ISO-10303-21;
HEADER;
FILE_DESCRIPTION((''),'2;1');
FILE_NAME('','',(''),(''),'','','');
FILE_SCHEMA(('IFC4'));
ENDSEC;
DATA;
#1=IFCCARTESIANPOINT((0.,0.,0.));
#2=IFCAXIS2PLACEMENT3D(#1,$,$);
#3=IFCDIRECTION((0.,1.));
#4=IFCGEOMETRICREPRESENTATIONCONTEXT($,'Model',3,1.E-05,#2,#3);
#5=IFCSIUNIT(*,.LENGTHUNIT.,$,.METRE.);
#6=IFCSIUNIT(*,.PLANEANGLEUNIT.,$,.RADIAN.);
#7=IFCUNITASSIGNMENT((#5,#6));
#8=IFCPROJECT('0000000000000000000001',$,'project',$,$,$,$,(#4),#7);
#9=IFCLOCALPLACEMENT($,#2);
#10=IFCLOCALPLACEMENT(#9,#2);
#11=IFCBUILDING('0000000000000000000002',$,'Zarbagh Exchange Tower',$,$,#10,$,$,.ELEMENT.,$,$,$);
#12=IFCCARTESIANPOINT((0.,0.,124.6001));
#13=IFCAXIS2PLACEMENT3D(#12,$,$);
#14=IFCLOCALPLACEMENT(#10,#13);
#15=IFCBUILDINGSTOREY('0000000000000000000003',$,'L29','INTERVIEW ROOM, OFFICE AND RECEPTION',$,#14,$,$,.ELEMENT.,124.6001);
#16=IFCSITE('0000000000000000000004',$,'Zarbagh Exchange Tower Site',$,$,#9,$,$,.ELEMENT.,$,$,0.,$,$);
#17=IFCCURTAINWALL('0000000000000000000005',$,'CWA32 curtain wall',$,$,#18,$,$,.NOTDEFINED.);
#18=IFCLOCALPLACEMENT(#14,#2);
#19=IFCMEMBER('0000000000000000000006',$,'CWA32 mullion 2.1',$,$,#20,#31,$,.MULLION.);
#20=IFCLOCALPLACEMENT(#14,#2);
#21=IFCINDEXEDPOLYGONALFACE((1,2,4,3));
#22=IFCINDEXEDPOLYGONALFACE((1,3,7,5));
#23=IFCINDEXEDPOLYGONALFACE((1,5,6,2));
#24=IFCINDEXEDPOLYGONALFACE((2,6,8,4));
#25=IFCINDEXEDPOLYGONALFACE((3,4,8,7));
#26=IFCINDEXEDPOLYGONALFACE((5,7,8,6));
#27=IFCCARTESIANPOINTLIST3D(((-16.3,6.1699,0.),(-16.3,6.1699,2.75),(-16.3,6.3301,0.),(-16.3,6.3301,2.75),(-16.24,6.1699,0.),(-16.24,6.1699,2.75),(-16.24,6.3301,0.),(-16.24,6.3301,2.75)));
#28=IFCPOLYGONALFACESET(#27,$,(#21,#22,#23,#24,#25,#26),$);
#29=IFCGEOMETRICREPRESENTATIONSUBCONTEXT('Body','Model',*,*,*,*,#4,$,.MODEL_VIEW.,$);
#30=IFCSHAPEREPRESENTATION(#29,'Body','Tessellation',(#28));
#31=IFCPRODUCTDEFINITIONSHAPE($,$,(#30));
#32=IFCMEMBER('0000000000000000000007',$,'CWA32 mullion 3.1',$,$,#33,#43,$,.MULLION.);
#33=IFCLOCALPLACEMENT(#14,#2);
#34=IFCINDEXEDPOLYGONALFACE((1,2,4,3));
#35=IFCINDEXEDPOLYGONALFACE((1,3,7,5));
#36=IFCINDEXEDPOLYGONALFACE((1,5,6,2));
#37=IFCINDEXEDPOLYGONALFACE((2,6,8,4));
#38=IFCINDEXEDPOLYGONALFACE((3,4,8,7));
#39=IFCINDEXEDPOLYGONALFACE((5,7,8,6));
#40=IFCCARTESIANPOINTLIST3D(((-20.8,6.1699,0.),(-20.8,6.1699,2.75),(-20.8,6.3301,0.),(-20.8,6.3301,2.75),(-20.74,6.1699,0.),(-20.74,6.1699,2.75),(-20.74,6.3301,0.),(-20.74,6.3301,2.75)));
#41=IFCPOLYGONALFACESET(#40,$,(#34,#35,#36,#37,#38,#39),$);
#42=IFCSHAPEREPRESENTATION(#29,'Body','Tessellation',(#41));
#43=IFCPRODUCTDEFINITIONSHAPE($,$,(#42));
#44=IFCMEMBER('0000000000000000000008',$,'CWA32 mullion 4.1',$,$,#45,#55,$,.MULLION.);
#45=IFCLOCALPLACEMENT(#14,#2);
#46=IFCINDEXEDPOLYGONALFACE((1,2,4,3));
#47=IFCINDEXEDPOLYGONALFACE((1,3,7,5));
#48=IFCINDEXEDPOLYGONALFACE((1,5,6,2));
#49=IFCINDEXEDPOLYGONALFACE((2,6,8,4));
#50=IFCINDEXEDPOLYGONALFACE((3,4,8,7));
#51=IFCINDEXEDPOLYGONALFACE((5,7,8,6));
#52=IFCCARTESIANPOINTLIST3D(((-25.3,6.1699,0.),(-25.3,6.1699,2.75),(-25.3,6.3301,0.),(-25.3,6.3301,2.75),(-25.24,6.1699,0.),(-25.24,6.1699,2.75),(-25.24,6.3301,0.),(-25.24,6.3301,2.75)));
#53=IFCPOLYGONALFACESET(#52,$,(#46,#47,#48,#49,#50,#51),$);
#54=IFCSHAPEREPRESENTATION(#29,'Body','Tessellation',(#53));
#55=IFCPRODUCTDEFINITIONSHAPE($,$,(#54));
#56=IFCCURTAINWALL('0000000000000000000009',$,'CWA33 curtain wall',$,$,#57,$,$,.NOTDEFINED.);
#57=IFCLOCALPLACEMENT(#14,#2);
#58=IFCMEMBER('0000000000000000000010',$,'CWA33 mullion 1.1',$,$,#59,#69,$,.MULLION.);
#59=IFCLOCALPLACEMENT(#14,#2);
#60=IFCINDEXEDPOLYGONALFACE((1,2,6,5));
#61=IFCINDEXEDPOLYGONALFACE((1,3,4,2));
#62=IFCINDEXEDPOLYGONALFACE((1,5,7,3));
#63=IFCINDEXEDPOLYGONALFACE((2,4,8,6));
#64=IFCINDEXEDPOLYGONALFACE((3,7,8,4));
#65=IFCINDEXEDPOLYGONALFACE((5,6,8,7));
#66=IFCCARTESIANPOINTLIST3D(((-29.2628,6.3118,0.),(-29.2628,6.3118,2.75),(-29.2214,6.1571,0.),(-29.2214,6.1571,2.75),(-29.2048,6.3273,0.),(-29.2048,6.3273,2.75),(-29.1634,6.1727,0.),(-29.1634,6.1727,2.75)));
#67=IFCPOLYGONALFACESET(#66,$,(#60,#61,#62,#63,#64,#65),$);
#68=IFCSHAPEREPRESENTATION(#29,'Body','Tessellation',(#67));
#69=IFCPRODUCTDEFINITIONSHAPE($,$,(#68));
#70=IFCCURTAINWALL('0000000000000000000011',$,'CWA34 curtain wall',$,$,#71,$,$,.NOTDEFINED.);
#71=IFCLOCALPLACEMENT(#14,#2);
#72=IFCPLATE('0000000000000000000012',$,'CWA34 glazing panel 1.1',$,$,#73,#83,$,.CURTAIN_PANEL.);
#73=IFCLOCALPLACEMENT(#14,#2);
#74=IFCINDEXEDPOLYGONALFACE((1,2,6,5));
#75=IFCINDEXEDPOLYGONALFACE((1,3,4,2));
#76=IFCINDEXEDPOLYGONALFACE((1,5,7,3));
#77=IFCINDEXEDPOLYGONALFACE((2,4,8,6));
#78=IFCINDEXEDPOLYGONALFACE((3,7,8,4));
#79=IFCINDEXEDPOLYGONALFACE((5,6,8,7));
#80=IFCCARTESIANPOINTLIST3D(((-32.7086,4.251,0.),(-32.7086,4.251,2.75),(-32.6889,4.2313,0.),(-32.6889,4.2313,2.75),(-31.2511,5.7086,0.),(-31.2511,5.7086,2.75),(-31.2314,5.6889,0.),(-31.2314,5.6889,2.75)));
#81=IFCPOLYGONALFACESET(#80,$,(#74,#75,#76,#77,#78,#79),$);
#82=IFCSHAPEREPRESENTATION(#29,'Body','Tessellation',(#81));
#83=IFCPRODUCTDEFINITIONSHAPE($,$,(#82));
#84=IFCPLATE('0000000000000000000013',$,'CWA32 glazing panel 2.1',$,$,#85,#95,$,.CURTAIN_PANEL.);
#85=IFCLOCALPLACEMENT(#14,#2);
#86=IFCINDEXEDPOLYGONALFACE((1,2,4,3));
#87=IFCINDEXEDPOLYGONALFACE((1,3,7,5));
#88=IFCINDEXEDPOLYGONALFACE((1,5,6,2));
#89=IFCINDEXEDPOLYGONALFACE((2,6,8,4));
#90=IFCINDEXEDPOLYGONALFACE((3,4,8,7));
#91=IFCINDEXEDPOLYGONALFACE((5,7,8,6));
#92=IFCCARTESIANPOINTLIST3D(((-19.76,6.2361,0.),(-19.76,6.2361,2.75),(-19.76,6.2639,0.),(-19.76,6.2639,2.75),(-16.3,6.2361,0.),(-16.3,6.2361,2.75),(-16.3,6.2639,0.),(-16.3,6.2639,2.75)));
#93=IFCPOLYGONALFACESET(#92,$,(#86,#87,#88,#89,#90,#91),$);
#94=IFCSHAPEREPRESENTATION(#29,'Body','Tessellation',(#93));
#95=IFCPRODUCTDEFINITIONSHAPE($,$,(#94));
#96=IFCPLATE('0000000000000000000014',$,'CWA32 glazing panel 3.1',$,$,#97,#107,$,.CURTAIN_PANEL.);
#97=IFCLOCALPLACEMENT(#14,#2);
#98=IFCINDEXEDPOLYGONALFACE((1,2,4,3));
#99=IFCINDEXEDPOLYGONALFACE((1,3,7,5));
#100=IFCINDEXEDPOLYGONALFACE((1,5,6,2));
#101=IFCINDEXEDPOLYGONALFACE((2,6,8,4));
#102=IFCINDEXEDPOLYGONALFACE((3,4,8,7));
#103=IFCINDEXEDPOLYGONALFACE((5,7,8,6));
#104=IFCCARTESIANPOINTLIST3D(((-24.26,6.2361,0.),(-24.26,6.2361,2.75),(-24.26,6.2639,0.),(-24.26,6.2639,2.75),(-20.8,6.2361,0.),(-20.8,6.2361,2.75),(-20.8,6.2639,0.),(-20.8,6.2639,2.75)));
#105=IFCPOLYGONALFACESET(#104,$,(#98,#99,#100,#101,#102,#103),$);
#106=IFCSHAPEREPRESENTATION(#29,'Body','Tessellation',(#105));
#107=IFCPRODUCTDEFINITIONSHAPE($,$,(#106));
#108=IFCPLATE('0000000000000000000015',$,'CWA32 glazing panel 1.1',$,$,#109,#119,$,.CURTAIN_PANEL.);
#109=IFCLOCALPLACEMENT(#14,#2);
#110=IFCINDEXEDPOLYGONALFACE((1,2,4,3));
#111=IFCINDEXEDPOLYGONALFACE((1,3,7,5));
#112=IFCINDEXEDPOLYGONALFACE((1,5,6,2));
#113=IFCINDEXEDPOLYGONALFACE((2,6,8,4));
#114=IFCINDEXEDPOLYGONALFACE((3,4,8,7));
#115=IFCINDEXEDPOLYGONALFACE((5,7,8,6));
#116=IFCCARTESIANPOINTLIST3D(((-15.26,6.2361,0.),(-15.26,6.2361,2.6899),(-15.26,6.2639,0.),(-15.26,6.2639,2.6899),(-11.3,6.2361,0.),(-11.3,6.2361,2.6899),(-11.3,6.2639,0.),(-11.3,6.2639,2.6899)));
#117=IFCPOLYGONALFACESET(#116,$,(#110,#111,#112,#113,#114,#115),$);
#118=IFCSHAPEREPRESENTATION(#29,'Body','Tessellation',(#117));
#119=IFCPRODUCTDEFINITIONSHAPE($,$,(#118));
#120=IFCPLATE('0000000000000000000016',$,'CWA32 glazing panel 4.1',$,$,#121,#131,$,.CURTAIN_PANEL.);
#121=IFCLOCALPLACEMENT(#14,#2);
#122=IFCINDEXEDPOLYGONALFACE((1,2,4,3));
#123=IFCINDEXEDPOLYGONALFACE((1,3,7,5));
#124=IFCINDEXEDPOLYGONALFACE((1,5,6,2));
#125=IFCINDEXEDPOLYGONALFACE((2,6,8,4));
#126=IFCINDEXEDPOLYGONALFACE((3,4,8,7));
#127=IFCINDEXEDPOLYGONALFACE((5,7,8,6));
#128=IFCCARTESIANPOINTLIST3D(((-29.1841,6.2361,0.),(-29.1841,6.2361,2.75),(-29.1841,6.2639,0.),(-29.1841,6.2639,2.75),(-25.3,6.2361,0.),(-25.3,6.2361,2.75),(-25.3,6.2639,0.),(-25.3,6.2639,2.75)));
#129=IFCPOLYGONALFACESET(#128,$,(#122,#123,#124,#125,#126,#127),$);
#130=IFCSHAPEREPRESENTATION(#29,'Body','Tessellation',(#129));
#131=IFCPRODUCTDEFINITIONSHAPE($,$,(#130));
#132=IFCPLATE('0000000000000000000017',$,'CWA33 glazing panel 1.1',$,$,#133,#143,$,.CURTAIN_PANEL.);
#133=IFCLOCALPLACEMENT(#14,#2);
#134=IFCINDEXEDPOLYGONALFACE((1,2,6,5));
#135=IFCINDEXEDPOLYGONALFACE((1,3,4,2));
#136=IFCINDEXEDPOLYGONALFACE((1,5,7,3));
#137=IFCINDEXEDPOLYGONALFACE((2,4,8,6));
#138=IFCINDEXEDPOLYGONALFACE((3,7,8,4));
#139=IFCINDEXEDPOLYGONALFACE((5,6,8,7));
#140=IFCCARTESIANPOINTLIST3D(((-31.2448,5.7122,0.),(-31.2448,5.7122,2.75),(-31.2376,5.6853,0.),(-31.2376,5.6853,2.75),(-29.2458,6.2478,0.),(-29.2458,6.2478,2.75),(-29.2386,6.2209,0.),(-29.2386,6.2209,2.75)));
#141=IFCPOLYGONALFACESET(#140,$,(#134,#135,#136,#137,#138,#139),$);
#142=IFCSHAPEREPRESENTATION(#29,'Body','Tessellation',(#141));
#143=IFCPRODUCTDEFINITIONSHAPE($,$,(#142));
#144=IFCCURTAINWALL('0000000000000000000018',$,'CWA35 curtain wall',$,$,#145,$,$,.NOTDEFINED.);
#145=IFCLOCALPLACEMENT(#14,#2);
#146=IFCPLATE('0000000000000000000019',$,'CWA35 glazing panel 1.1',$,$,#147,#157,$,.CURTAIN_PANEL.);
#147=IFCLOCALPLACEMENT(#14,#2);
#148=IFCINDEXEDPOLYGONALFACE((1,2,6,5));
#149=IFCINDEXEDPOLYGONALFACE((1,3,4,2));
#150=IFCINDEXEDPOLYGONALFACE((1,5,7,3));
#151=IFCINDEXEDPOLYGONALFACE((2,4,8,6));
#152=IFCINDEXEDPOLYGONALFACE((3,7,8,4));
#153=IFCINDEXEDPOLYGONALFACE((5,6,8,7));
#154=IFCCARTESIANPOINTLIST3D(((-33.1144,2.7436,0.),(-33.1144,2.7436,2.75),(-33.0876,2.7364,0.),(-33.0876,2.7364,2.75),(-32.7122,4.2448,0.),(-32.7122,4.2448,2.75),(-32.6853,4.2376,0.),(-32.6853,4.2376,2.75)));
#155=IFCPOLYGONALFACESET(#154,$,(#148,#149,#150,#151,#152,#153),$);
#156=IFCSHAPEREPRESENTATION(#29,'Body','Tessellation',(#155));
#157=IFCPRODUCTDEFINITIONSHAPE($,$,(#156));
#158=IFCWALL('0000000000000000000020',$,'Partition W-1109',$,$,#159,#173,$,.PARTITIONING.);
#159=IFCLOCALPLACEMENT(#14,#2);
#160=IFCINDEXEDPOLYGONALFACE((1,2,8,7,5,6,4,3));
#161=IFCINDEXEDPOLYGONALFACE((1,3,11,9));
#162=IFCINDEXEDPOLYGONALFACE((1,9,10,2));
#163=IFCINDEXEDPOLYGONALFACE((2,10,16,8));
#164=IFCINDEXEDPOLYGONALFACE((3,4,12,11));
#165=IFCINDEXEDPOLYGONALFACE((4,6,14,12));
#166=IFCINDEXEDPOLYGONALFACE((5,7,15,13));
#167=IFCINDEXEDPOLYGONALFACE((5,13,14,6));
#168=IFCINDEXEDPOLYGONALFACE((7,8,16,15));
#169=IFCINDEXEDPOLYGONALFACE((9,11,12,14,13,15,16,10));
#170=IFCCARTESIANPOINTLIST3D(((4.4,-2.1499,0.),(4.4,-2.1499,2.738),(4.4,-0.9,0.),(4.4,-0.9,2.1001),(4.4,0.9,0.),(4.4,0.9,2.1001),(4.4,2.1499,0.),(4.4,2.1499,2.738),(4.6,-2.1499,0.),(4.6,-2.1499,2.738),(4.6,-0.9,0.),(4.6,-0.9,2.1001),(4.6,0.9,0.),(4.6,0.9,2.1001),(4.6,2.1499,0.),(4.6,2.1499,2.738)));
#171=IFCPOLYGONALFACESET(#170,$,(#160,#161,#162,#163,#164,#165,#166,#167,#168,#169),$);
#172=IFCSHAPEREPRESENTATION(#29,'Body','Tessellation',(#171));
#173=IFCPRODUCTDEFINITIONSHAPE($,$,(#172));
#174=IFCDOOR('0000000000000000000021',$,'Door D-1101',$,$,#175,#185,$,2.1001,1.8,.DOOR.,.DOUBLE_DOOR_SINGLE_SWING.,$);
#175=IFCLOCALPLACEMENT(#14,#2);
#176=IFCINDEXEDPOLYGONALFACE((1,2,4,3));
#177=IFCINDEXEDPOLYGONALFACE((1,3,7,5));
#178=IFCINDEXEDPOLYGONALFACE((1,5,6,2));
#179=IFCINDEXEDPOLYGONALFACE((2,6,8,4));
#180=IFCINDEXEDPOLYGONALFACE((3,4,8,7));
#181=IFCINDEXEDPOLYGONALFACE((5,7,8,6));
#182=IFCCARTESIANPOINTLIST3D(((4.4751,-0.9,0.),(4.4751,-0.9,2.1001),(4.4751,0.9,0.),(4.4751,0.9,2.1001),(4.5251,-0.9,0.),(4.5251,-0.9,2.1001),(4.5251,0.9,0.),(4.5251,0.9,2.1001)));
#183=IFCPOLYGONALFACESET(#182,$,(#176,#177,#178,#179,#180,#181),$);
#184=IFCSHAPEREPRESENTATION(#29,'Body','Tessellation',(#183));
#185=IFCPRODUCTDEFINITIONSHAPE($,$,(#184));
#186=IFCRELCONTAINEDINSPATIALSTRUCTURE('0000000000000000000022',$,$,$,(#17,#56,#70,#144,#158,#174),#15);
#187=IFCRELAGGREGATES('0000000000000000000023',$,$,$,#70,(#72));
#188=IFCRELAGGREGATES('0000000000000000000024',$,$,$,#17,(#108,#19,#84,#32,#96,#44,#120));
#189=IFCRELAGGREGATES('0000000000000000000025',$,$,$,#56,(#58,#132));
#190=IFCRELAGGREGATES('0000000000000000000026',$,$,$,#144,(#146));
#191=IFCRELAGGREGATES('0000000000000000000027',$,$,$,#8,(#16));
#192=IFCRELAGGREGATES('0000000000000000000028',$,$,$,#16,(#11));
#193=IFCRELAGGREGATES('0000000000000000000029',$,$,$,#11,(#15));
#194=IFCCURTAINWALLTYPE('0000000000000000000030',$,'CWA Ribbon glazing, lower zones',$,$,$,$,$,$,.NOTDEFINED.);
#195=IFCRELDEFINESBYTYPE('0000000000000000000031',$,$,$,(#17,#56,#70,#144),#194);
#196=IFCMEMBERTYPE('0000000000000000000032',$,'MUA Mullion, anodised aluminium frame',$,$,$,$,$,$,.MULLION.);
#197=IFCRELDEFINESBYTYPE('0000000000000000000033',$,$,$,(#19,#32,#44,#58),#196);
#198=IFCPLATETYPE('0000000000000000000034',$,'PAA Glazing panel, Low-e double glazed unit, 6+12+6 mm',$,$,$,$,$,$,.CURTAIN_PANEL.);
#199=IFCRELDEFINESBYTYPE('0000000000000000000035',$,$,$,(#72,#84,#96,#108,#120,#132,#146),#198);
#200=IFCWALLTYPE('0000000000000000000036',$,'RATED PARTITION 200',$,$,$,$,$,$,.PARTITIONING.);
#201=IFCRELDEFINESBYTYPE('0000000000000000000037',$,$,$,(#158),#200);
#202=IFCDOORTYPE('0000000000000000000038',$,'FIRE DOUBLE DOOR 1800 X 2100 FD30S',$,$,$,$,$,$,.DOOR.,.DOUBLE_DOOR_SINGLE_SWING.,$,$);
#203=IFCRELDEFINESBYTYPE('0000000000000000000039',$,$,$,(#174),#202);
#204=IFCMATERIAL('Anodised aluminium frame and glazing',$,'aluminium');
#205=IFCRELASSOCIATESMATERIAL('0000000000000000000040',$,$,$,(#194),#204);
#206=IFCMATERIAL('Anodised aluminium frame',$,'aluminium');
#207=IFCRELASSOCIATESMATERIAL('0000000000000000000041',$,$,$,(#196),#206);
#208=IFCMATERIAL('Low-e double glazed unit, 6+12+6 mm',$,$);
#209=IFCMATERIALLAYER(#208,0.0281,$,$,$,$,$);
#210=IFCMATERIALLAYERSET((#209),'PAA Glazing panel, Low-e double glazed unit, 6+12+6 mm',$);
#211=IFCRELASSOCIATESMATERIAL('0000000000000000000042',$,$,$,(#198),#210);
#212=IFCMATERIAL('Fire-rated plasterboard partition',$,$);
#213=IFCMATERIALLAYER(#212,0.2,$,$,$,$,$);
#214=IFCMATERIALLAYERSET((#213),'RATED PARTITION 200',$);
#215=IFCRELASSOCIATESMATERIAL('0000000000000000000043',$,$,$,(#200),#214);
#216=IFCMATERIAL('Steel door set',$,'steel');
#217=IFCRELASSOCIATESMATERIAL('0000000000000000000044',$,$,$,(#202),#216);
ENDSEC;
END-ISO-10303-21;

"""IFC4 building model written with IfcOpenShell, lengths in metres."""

from ifc_helpers import new_model, si_unit, direction, frame, frame_2d, origin, place, context, subcontext, project, spatial, polyline, rectangle, outline, extrude, source, transform, mapped, material, layer, layer_set, type_object, element, fill, aggregate, save


model = new_model("IFC4")

# Units and contexts
model_context = context("Model", 3, precision=1e-05, world=origin(), true_north=direction((0.0, 1.0)))
body_context = subcontext(model_context, "Body", "Model", "MODEL_VIEW")
ifc_project = project(units=[si_unit("LENGTHUNIT", "METRE"), si_unit("PLANEANGLEUNIT", "RADIAN")], contexts=[model_context])

# Site, building, storey
site_placement = place(None, origin())
site = spatial("IfcSite", under=ifc_project, at=site_placement, Name="Zarbagh Exchange Tower Site", CompositionType="ELEMENT", RefElevation=0.0)
building_placement = place(site_placement, origin())
building = spatial("IfcBuilding", under=site, at=building_placement, Name="Zarbagh Exchange Tower", CompositionType="ELEMENT")
storey_placement = place(building_placement, frame((0.0, 0.0, 124.6001)))
storey = spatial("IfcBuildingStorey", under=building, at=storey_placement, Name="L29", Description="INTERVIEW ROOM, OFFICE AND RECEPTION", CompositionType="ELEMENT", Elevation=124.6001)

# Curtain wall, members
ifc_material_1 = material(Name="Anodised aluminium frame and glazing", Category="aluminium")
curtain_wall_type = type_object("IfcCurtainWallType", Name="CWA Ribbon glazing, lower zones", PredefinedType="NOTDEFINED", material=ifc_material_1)
curtain_wall_1_placement = place(storey_placement, origin())
curtain_wall_1 = element("IfcCurtainWall", 1, at=curtain_wall_1_placement, inside=storey, type_object=curtain_wall_type, Name="CWA32 curtain wall", PredefinedType="NOTDEFINED")
ifc_material_2 = material(Name="Anodised aluminium frame", Category="aluminium")
member_type = type_object("IfcMemberType", Name="MUA Mullion, anodised aluminium frame", PredefinedType="MULLION", material=ifc_material_2)
shared_shape_1 = source(origin(), body_context, "Body", "SweptSolid", [
    extrude(outline(polyline([(0.0, -0.0801), (0.0601, -0.0801), (0.0601, 0.0801), (0.0, 0.0801), (0.0, -0.0801)])), origin(), (0.0, 0.0, 1.0), 2.75),
])
placement = place(storey_placement, origin())
member_1 = element("IfcMember", 2, at=placement, type_object=member_type, Name="CWA32 mullion 2.1", PredefinedType="MULLION", context=body_context, shape_type="MappedRepresentation", body=[
    mapped(shared_shape_1, transform((-16.24, 6.25, 0.0), x_axis=(-1.0, 0.0, 0.0), y_axis=(0.0, -1.0, 0.0), z_axis=(0.0, 0.0, 1.0))),
])
member_2 = element("IfcMember", 3, at=placement, type_object=member_type, Name="CWA32 mullion 3.1", PredefinedType="MULLION", context=body_context, shape_type="MappedRepresentation", body=[
    mapped(shared_shape_1, transform((-20.74, 6.25, 0.0), x_axis=(-1.0, 0.0, 0.0), y_axis=(0.0, -1.0, 0.0), z_axis=(0.0, 0.0, 1.0))),
])
member_3 = element("IfcMember", 4, at=placement, type_object=member_type, Name="CWA32 mullion 4.1", PredefinedType="MULLION", context=body_context, shape_type="MappedRepresentation", body=[
    mapped(shared_shape_1, transform((-25.24, 6.25, 0.0), x_axis=(-1.0, 0.0, 0.0), y_axis=(0.0, -1.0, 0.0), z_axis=(0.0, 0.0, 1.0))),
])

# Curtain wall, member
curtain_wall_2_placement = place(storey_placement, origin())
curtain_wall_2 = element("IfcCurtainWall", 5, at=curtain_wall_2_placement, inside=storey, type_object=curtain_wall_type, Name="CWA33 curtain wall", PredefinedType="NOTDEFINED")
member_4 = element("IfcMember", 6, at=placement, type_object=member_type, Name="CWA33 mullion 1.1", PredefinedType="MULLION", context=body_context, shape_type="MappedRepresentation", body=[
    mapped(shared_shape_1, transform((-29.1841, 6.25, 0.0), x_axis=(-0.965924, -0.258825, 0.0), y_axis=(0.258825, -0.965924, 0.0), z_axis=(0.0, 0.0, 1.0))),
])

# Curtain wall, plate
curtain_wall_3_placement = place(storey_placement, origin())
curtain_wall_3 = element("IfcCurtainWall", 7, at=curtain_wall_3_placement, inside=storey, type_object=curtain_wall_type, Name="CWA34 curtain wall", PredefinedType="NOTDEFINED")
ifc_material_3 = material(Name="Low-e double glazed unit, 6+12+6 mm")
ifc_layer_1 = layer(ifc_material_3, 0.0281)
ifc_layer_set_1 = layer_set([ifc_layer_1], Name="PAA Glazing panel, Low-e double glazed unit, 6+12+6 mm")
plate_type = type_object("IfcPlateType", Name="PAA Glazing panel, Low-e double glazed unit, 6+12+6 mm", PredefinedType="CURTAIN_PANEL", material=ifc_layer_set_1)
shared_shape_2 = source(origin(), body_context, "Body", "SweptSolid", [
    extrude(outline(polyline([(0.0, -0.0139), (2.0613, -0.0139), (2.0613, 0.0139), (0.0, 0.0139), (0.0, -0.0139)])), origin(), (0.0, 0.0, 1.0), 2.75),
])
plate_1 = element("IfcPlate", 8, at=placement, type_object=plate_type, Name="CWA34 glazing panel 1.1", PredefinedType="CURTAIN_PANEL", context=body_context, shape_type="MappedRepresentation", body=[
    mapped(shared_shape_2, transform((-31.2412, 5.6987, 0.0), x_axis=(-0.707107, -0.707107, 0.0), y_axis=(0.707107, -0.707107, 0.0), z_axis=(0.0, 0.0, 1.0))),
])
aggregate(curtain_wall_3, [plate_1])

# Plates
shared_shape_3 = source(origin(), body_context, "Body", "SweptSolid", [
    extrude(outline(polyline([(0.0, -0.0139), (3.46, -0.0139), (3.46, 0.0139), (0.0, 0.0139), (0.0, -0.0139)])), origin(), (0.0, 0.0, 1.0), 2.75),
])
plate_2 = element("IfcPlate", 9, at=placement, type_object=plate_type, Name="CWA32 glazing panel 2.1", PredefinedType="CURTAIN_PANEL", context=body_context, shape_type="MappedRepresentation", body=[
    mapped(shared_shape_3, transform((-16.3, 6.25, 0.0), x_axis=(-1.0, 0.0, 0.0), y_axis=(0.0, -1.0, 0.0), z_axis=(0.0, 0.0, 1.0))),
])
plate_3 = element("IfcPlate", 10, at=placement, type_object=plate_type, Name="CWA32 glazing panel 3.1", PredefinedType="CURTAIN_PANEL", context=body_context, shape_type="MappedRepresentation", body=[
    mapped(shared_shape_3, transform((-20.8, 6.25, 0.0), x_axis=(-1.0, 0.0, 0.0), y_axis=(0.0, -1.0, 0.0), z_axis=(0.0, 0.0, 1.0))),
])
shared_shape_4 = source(origin(), body_context, "Body", "SweptSolid", [
    extrude(outline(polyline([(0.0, -0.0139), (3.96, -0.0139), (3.96, 0.0139), (0.0, 0.0139), (0.0, -0.0139)])), origin(), (0.0, 0.0, 1.0), 2.6899),
])
plate_4 = element("IfcPlate", 11, at=placement, type_object=plate_type, Name="CWA32 glazing panel 1.1", PredefinedType="CURTAIN_PANEL", context=body_context, shape_type="MappedRepresentation", body=[
    mapped(shared_shape_4, transform((-11.3, 6.25, 0.0), x_axis=(-1.0, 0.0, 0.0), y_axis=(0.0, -1.0, 0.0), z_axis=(0.0, 0.0, 1.0))),
])
shared_shape_5 = source(origin(), body_context, "Body", "SweptSolid", [
    extrude(outline(polyline([(0.0, -0.0139), (3.884, -0.0139), (3.884, 0.0139), (0.0, 0.0139), (0.0, -0.0139)])), origin(), (0.0, 0.0, 1.0), 2.75),
])
plate_5 = element("IfcPlate", 12, at=placement, type_object=plate_type, Name="CWA32 glazing panel 4.1", PredefinedType="CURTAIN_PANEL", context=body_context, shape_type="MappedRepresentation", body=[
    mapped(shared_shape_5, transform((-25.3, 6.25, 0.0), x_axis=(-1.0, 0.0, 0.0), y_axis=(0.0, -1.0, 0.0), z_axis=(0.0, 0.0, 1.0))),
])
aggregate(curtain_wall_1, [plate_4, member_1, plate_2, member_2, plate_3, member_3, plate_5])
shared_shape_6 = source(origin(), body_context, "Body", "SweptSolid", [
    extrude(outline(polyline([(0.0, -0.0139), (2.0696, -0.0139), (2.0696, 0.0139), (0.0, 0.0139), (0.0, -0.0139)])), origin(), (0.0, 0.0, 1.0), 2.75),
])
plate_6 = element("IfcPlate", 13, at=placement, type_object=plate_type, Name="CWA33 glazing panel 1.1", PredefinedType="CURTAIN_PANEL", context=body_context, shape_type="MappedRepresentation", body=[
    mapped(shared_shape_6, transform((-29.2422, 6.2344, 0.0), x_axis=(-0.965924, -0.258825, 0.0), y_axis=(0.258825, -0.965924, 0.0), z_axis=(0.0, 0.0, 1.0))),
])
aggregate(curtain_wall_2, [member_4, plate_6])

# Curtain wall, plate
curtain_wall_4_placement = place(storey_placement, origin())
curtain_wall_4 = element("IfcCurtainWall", 14, at=curtain_wall_4_placement, inside=storey, type_object=curtain_wall_type, Name="CWA35 curtain wall", PredefinedType="NOTDEFINED")
shared_shape_7 = source(origin(), body_context, "Body", "SweptSolid", [
    extrude(outline(polyline([(0.0, -0.0139), (1.5542, -0.0139), (1.5542, 0.0139), (0.0, 0.0139), (0.0, -0.0139)])), origin(), (0.0, 0.0, 1.0), 2.75),
])
plate_7 = element("IfcPlate", 15, at=placement, type_object=plate_type, Name="CWA35 glazing panel 1.1", PredefinedType="CURTAIN_PANEL", context=body_context, shape_type="MappedRepresentation", body=[
    mapped(shared_shape_7, transform((-32.6987, 4.2412, 0.0), x_axis=(-0.258825, -0.965924, 0.0), y_axis=(0.965924, -0.258825, 0.0), z_axis=(0.0, 0.0, 1.0))),
])
aggregate(curtain_wall_4, [plate_7])

# Wall, opening, door
ifc_material_4 = material(Name="Fire-rated plasterboard partition")
ifc_layer_2 = layer(ifc_material_4, 0.2)
ifc_layer_set_2 = layer_set([ifc_layer_2], Name="RATED PARTITION 200")
wall_type_1 = type_object("IfcWallType", Name="RATED PARTITION 200", PredefinedType="PARTITIONING", material=ifc_layer_set_2)
wall_1_placement = place(storey_placement, frame((4.5, -2.1499, 0.0), z_axis=(0.0, 0.0, 1.0), x_axis=(0.0, 1.0, 0.0)))
wall_1 = element("IfcWall", 16, at=wall_1_placement, inside=storey, type_object=wall_type_1, Name="Partition W-1109", PredefinedType="PARTITIONING", context=body_context, shape_type="SweptSolid", body=[
    extrude(rectangle(XDim=4.2998, YDim=0.2, at=frame_2d((2.1499, 0.0))), origin(), (0.0, 0.0, 1.0), 2.738),
])
opening_1_placement = place(wall_1_placement, frame((1.25, 0.0, 0.0)))
opening_1 = element("IfcOpeningElement", 17, at=opening_1_placement, cuts=wall_1, PredefinedType="OPENING", context=body_context, shape_type="SweptSolid", body=[
    extrude(rectangle(XDim=1.8, YDim=2.1001, at=frame_2d((0.8999, 1.05))), frame((0.0, 0.1099, 0.0), z_axis=(0.0, -1.0, 0.0), x_axis=(1.0, 0.0, 0.0)), (0.0, 0.0, 1.0), 0.22),
])
ifc_material_5 = material(Name="Steel door set", Category="steel")
door_type_1 = type_object("IfcDoorType", Name="FIRE DOUBLE DOOR 1800 X 2100 FD30S", OperationType="DOUBLE_DOOR_SINGLE_SWING", PredefinedType="DOOR", material=ifc_material_5)
door_1_placement = place(opening_1_placement, origin())
door_1 = element("IfcDoor", 18, at=door_1_placement, inside=storey, type_object=door_type_1, Name="Door D-1101", OperationType="DOUBLE_DOOR_SINGLE_SWING", OverallHeight=2.1001, OverallWidth=1.8, PredefinedType="DOOR", context=body_context, shape_type="SweptSolid", body=[
    extrude(rectangle(XDim=1.8, YDim=2.1001, at=frame_2d((0.8999, 1.05))), frame((0.0, 0.0249, 0.0), z_axis=(0.0, -1.0, 0.0), x_axis=(1.0, 0.0, 0.0)), (0.0, 0.0, 1.0), 0.05),
])
fill(opening_1, door_1)

save(model, "model.ifc")
